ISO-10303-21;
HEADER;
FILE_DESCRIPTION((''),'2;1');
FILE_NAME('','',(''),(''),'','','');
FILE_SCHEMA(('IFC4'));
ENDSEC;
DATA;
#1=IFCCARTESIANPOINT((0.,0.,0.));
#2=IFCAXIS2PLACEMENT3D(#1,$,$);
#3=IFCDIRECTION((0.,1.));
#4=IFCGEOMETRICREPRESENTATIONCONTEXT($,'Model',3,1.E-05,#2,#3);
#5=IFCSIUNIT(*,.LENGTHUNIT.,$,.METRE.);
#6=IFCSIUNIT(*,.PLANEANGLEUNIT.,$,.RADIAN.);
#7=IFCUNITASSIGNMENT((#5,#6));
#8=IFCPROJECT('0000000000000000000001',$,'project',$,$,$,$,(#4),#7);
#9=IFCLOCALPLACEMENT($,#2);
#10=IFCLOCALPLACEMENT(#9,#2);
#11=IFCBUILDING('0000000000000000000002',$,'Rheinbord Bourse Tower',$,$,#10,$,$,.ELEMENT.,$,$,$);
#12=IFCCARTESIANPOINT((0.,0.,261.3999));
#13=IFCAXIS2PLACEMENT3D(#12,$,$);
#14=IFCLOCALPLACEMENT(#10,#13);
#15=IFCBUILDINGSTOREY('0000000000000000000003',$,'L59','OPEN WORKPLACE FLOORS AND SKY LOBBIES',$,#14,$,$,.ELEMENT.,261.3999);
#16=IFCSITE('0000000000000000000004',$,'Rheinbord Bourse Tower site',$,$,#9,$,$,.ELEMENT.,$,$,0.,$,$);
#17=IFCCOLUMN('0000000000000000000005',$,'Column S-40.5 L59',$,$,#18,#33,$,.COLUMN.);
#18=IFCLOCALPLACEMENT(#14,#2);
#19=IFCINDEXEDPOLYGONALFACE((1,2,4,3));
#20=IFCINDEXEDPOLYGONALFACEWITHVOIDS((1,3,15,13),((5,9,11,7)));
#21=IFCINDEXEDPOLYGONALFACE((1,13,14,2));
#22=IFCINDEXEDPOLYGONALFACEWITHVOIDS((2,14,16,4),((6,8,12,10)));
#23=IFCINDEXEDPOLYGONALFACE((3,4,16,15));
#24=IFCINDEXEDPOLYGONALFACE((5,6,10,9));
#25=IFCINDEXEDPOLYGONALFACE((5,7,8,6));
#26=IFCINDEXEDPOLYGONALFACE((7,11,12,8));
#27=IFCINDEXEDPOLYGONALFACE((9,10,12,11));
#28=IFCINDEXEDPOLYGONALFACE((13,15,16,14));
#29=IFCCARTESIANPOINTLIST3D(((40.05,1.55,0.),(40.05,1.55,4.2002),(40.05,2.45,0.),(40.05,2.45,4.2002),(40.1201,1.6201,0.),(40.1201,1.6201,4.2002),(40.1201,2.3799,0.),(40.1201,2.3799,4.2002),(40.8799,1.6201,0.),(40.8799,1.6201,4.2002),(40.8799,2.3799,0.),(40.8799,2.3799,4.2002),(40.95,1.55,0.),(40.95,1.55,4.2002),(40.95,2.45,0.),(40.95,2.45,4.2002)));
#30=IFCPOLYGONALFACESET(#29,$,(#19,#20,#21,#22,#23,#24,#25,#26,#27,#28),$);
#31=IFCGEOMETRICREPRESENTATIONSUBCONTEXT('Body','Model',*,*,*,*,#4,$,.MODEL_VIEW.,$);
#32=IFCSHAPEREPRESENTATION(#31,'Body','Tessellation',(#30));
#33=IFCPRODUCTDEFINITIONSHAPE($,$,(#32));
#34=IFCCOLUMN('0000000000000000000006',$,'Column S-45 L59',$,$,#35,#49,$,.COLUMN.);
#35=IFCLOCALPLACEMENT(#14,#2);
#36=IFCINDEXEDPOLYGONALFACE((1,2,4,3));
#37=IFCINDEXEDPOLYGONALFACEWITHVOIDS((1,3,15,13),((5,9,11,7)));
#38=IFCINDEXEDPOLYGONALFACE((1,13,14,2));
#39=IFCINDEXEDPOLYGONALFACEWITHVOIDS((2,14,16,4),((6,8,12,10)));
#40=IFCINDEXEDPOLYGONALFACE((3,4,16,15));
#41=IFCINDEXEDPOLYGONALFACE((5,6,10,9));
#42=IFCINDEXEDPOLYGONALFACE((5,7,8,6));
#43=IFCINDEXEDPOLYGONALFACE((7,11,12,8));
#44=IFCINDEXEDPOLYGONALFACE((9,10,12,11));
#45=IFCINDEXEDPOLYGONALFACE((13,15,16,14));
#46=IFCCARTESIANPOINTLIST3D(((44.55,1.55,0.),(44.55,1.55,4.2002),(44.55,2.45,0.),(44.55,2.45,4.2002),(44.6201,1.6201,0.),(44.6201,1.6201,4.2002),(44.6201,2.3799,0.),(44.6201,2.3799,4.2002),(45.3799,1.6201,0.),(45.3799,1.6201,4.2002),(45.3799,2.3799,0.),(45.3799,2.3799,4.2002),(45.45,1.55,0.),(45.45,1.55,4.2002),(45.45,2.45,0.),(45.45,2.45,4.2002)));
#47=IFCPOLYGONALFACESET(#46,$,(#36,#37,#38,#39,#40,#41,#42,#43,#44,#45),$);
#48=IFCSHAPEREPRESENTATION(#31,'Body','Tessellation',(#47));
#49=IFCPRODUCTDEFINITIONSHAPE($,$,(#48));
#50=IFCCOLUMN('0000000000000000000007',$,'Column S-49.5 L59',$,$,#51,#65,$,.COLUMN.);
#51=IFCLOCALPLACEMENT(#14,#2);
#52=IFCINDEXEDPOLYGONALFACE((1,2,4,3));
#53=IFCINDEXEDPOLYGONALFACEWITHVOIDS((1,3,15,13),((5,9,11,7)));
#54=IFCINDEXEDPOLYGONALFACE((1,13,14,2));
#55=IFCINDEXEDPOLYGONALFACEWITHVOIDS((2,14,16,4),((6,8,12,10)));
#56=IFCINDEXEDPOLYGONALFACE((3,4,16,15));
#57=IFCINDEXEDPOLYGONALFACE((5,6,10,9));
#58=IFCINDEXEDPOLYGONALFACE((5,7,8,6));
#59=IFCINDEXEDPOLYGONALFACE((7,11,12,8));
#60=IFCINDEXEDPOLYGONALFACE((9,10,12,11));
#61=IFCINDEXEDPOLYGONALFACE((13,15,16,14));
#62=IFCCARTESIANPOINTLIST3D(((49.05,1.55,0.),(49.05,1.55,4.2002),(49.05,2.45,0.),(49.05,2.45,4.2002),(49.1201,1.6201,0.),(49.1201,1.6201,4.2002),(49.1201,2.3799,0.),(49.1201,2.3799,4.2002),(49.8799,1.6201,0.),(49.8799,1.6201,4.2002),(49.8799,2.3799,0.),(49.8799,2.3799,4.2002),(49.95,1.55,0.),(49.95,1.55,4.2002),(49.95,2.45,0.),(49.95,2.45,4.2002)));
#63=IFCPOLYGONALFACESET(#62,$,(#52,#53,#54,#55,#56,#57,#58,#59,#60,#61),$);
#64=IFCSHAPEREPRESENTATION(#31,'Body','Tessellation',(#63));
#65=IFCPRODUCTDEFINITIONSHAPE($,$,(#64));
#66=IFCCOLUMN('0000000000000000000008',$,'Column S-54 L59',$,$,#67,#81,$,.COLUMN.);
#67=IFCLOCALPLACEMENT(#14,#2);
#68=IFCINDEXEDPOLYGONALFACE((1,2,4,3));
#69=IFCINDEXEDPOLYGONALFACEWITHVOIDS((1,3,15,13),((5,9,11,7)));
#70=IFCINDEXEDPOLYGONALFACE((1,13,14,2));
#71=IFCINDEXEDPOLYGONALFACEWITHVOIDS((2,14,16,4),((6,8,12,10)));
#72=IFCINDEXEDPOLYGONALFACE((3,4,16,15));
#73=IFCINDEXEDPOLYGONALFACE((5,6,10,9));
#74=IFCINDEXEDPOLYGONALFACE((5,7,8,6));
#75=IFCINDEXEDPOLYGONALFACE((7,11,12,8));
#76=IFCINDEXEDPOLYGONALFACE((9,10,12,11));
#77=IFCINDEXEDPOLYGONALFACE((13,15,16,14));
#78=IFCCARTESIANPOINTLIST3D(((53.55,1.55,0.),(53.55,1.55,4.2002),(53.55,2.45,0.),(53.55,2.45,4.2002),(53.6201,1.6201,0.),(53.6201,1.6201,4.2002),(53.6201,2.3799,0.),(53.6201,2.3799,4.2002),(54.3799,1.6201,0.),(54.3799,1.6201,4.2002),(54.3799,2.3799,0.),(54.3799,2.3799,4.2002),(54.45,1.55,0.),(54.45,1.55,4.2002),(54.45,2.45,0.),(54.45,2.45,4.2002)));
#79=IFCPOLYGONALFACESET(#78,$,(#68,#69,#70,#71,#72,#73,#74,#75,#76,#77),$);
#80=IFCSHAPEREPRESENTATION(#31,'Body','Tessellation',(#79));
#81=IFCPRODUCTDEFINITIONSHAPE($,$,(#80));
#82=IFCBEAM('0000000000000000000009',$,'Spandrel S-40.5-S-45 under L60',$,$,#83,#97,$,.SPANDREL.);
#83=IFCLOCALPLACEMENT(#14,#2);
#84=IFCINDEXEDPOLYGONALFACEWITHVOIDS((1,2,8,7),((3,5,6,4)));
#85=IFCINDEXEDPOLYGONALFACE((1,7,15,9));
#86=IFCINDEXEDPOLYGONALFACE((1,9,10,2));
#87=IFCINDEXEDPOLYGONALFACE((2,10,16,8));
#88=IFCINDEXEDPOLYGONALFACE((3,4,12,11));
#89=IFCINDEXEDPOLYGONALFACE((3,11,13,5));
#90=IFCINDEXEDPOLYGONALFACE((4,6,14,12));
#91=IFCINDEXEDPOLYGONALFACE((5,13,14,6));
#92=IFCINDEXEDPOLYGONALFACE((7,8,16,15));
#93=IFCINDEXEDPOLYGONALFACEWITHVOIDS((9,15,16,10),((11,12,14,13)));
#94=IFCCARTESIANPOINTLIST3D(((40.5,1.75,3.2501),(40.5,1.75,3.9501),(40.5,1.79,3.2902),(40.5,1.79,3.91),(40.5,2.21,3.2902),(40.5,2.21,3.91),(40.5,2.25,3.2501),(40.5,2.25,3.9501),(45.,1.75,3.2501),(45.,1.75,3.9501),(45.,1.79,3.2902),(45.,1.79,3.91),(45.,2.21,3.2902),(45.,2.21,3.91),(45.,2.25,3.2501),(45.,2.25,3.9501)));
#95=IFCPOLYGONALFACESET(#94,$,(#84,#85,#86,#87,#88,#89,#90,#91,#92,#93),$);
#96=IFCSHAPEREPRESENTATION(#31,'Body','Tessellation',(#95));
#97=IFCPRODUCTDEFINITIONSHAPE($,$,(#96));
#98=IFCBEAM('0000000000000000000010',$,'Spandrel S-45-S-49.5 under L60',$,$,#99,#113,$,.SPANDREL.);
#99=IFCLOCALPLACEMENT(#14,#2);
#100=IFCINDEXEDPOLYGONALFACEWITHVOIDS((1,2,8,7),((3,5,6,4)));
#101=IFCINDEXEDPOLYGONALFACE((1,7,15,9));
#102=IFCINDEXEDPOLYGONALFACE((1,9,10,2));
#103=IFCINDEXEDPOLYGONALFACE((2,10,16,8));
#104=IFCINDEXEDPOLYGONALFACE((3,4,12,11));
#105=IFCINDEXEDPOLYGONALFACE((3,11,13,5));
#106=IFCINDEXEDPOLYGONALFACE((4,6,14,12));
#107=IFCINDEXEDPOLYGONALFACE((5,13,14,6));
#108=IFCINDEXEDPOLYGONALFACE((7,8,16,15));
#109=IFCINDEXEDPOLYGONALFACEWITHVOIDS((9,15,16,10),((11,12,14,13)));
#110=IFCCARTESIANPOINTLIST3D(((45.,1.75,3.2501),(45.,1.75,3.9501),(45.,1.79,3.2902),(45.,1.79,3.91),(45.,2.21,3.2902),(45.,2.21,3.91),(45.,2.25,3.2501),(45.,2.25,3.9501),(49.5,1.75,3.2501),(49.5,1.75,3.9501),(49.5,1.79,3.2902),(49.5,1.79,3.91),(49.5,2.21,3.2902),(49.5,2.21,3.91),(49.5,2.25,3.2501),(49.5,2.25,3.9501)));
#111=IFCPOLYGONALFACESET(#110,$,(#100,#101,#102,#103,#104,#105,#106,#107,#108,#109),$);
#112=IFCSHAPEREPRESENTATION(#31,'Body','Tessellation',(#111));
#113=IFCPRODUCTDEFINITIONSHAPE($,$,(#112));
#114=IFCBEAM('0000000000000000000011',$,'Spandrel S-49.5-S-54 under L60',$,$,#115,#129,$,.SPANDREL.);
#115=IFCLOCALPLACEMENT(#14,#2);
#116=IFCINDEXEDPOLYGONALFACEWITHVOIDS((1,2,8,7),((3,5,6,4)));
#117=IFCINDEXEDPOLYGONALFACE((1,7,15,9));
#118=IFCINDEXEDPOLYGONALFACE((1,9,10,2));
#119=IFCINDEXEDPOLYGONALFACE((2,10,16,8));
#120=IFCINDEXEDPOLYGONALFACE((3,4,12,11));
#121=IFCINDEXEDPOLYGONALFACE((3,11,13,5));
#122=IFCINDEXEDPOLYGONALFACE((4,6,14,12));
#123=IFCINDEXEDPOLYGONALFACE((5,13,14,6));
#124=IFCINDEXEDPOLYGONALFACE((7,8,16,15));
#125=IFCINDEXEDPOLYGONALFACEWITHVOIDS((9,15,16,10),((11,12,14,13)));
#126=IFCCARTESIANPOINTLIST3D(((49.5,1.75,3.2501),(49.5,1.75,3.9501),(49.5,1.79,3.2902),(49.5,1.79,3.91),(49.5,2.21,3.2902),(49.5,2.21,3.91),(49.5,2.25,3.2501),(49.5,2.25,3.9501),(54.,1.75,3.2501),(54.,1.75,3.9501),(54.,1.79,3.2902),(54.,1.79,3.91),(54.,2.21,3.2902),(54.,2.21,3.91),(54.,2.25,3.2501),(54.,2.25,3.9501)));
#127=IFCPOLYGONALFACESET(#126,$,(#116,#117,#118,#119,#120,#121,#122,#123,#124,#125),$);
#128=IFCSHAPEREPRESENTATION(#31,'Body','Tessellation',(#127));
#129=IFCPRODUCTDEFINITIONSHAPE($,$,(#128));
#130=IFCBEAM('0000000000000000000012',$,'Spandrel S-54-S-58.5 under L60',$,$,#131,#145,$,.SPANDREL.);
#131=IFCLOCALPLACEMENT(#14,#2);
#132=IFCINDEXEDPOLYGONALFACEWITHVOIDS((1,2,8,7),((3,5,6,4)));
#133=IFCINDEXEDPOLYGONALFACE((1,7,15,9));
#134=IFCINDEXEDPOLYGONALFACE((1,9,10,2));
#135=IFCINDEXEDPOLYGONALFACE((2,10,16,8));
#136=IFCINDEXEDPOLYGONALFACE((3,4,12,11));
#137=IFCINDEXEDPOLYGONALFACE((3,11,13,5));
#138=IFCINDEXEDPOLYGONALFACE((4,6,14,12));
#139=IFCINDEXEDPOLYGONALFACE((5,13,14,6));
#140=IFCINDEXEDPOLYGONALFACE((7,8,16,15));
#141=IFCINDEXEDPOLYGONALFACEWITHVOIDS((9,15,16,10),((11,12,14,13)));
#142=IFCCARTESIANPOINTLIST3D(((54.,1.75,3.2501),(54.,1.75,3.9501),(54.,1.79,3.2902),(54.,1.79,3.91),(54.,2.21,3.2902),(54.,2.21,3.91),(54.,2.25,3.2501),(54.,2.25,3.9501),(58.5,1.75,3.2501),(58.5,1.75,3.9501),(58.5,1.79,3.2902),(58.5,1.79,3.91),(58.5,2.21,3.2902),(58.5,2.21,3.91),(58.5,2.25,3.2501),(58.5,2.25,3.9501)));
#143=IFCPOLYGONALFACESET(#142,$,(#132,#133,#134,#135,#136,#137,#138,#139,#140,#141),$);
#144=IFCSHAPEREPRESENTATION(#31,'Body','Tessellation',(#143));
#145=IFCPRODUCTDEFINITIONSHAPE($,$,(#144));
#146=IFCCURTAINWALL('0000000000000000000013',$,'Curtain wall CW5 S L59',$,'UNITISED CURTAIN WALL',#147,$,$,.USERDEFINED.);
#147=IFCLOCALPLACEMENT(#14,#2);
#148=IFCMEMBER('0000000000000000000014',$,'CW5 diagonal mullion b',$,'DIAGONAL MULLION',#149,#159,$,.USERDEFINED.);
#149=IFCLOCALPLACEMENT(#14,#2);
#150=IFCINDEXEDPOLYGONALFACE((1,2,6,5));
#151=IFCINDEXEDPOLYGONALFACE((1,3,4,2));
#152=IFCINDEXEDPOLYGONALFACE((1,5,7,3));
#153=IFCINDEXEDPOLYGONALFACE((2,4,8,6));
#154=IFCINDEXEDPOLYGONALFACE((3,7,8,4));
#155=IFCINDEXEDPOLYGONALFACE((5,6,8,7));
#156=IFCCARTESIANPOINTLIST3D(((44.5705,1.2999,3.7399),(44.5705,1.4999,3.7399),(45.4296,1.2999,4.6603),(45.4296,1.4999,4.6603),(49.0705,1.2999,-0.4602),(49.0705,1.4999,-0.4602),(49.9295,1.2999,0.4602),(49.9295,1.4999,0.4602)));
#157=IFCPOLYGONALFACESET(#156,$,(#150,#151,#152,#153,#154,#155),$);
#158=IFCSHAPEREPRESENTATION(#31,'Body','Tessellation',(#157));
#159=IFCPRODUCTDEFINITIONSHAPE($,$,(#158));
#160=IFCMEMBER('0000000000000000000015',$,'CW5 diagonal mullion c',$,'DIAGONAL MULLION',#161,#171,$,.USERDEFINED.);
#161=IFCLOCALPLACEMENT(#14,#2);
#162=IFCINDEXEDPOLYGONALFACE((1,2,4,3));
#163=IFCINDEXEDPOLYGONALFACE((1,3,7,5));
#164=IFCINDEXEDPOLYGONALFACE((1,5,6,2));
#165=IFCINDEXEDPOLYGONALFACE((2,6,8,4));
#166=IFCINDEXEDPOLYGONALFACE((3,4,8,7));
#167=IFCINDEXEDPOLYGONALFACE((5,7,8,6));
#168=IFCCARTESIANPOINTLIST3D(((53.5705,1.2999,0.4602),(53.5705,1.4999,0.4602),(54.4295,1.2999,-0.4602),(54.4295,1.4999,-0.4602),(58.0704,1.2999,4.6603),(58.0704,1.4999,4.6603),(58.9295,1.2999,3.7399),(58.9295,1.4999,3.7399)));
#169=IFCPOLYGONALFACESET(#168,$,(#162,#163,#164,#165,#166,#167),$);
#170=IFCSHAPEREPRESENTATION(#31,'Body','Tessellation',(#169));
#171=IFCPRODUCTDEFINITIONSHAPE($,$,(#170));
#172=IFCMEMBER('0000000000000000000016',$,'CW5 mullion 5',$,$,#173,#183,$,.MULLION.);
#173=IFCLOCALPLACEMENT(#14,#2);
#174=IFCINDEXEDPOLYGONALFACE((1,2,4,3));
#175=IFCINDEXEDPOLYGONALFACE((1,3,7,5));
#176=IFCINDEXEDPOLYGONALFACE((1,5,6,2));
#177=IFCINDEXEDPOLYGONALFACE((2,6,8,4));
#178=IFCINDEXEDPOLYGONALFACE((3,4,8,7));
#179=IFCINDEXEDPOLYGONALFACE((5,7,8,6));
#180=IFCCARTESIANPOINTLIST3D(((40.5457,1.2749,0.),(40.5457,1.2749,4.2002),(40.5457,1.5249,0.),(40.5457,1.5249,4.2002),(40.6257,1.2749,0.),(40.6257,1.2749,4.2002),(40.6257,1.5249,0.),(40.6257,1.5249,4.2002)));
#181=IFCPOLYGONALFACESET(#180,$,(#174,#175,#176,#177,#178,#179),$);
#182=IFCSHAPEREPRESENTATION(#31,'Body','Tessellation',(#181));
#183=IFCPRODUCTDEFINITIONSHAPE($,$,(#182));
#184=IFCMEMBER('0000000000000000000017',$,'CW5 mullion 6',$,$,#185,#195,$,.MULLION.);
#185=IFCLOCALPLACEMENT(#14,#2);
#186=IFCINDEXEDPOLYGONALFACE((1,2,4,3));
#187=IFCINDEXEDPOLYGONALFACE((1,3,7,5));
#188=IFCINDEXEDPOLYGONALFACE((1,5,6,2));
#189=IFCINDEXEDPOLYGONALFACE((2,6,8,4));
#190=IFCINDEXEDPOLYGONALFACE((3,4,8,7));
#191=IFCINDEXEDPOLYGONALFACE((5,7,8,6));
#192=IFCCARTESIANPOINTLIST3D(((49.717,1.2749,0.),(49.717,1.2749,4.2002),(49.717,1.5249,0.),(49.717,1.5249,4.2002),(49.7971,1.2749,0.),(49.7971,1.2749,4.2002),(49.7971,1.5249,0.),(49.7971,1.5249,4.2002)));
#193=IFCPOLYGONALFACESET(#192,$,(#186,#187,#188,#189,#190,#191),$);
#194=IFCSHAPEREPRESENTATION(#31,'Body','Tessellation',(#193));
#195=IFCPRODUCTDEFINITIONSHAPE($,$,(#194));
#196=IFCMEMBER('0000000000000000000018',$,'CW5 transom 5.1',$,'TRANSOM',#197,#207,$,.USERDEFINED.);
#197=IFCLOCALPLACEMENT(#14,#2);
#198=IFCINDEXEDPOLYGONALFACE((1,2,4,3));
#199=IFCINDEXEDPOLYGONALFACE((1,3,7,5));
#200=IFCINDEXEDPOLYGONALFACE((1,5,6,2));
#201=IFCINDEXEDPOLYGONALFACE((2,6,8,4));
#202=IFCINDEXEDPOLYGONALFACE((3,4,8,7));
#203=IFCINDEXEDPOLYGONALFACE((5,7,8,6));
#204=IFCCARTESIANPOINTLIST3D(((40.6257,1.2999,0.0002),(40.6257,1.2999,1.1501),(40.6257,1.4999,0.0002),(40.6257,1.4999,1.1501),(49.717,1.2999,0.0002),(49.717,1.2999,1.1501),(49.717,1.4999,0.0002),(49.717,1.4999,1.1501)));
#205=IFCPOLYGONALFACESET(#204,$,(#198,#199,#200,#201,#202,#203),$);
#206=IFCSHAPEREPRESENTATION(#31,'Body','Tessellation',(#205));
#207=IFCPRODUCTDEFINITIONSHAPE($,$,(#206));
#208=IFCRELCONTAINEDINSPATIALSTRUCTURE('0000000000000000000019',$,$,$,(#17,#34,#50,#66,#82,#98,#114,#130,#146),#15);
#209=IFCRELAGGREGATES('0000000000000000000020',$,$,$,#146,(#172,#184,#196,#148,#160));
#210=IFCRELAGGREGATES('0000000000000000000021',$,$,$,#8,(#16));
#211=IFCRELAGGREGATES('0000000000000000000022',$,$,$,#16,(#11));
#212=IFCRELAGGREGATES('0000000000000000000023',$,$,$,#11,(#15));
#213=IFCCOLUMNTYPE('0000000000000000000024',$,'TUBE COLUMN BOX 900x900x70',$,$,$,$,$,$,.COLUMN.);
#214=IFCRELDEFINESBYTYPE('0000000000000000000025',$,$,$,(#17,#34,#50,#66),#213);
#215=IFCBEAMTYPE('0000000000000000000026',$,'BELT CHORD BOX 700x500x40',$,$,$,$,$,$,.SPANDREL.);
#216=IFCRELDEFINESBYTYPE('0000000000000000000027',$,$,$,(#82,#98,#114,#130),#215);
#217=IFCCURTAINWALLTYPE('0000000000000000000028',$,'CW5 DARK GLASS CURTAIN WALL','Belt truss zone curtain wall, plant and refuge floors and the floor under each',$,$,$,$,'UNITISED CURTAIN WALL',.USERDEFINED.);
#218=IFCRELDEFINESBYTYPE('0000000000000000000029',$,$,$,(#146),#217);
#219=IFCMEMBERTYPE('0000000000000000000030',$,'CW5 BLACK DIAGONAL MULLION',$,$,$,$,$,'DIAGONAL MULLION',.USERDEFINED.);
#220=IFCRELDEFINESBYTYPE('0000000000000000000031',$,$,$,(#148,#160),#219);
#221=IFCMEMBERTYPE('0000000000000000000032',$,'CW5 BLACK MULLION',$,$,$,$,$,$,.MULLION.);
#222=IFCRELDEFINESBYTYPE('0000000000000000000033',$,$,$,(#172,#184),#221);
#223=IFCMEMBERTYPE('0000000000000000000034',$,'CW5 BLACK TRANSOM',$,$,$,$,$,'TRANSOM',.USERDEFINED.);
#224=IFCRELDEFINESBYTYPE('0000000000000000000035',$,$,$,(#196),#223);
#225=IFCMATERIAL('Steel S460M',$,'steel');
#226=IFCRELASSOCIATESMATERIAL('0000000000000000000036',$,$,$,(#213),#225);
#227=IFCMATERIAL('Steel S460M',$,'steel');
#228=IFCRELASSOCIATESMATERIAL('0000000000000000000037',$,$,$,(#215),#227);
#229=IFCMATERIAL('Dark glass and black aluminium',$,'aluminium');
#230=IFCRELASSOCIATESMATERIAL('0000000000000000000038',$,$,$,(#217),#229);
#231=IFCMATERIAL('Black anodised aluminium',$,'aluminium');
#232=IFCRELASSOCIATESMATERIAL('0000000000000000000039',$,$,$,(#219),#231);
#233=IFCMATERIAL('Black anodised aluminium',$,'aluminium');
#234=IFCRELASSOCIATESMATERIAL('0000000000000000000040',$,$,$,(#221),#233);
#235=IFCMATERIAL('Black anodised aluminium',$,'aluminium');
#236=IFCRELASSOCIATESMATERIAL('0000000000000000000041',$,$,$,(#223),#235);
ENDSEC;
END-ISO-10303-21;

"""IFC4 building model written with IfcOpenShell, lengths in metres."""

from ifc_helpers import new_model, si_unit, direction, frame, origin, origin_2d, place, context, subcontext, project, spatial, rectangle, hollow_rectangle, extrude, material, material_profile, profile_set, type_object, element, aggregate, save


model = new_model("IFC4")

# Units and contexts
model_context = context("Model", 3, precision=1e-05, world=origin(), true_north=direction((0.0, 1.0)))
body_context = subcontext(model_context, "Body", "Model", "MODEL_VIEW")
ifc_project = project(units=[si_unit("LENGTHUNIT", "METRE"), si_unit("PLANEANGLEUNIT", "RADIAN")], contexts=[model_context])

# Site, building, storey
site_placement = place(None, origin())
site = spatial("IfcSite", under=ifc_project, at=site_placement, Name="Rheinbord Bourse Tower site", CompositionType="ELEMENT", RefElevation=0.0)
building_placement = place(site_placement, origin())
building = spatial("IfcBuilding", under=site, at=building_placement, Name="Rheinbord Bourse Tower", CompositionType="ELEMENT")
storey_placement = place(building_placement, frame((0.0, 0.0, 261.3999)))
storey = spatial("IfcBuildingStorey", under=building, at=storey_placement, Name="L59", Description="OPEN WORKPLACE FLOORS AND SKY LOBBIES", CompositionType="ELEMENT", Elevation=261.3999)

# Columns
ifc_material_1 = material(Name="Steel S460M", Category="steel")
ifc_material_profile_1 = material_profile(ifc_material_1, hollow_rectangle(XDim=0.8999, YDim=0.8999, WallThickness=0.0701, at=origin_2d()), Name="BOX 900x900x70")
ifc_profile_set_1 = profile_set([ifc_material_profile_1], Name="Steel S460M")
column_type = type_object("IfcColumnType", Name="TUBE COLUMN BOX 900x900x70", PredefinedType="COLUMN", material=ifc_profile_set_1)
for number, where, z_axis, x_axis, name in (
    (1, (40.5, 2.0, 0.0), (0.0, 0.0, 1.0), (0.0, 1.0, 0.0), "Column S-40.5 L59"),
    (2, (45.0, 2.0, 0.0), (0.0, 0.0, 1.0), (0.0, 1.0, 0.0), "Column S-45 L59"),
    (3, (49.5, 2.0, 0.0), (0.0, 0.0, 1.0), (0.0, 1.0, 0.0), "Column S-49.5 L59"),
    (4, (54.0, 2.0, 0.0), (0.0, 0.0, 1.0), (0.0, 1.0, 0.0), "Column S-54 L59"),
):
    element("IfcColumn", number, at=place(storey_placement, frame(where, z_axis=z_axis, x_axis=x_axis)), inside=storey, type_object=column_type, Name=name, PredefinedType="COLUMN", context=body_context, shape_type="SweptSolid", body=[
        extrude(hollow_rectangle(XDim=0.8999, YDim=0.8999, WallThickness=0.0701, at=origin_2d()), origin(), (0.0, 0.0, 1.0), 4.2002),
    ])

# Beams
ifc_material_2 = material(Name="Steel S460M", Category="steel")
ifc_material_profile_2 = material_profile(ifc_material_2, hollow_rectangle(XDim=0.5, YDim=0.7, WallThickness=0.04, at=origin_2d()), Name="BOX 700x500x40")
ifc_profile_set_2 = profile_set([ifc_material_profile_2], Name="Steel S460M")
beam_type_1 = type_object("IfcBeamType", Name="BELT CHORD BOX 700x500x40", PredefinedType="SPANDREL", material=ifc_profile_set_2)
for number, where, z_axis, x_axis, name in (
    (5, (40.5, 2.0, 3.6001), (1.0, 0.0, 0.0), (0.0, 1.0, 0.0), "Spandrel S-40.5-S-45 under L60"),
    (6, (45.0, 2.0, 3.6001), (1.0, 0.0, 0.0), (0.0, 1.0, 0.0), "Spandrel S-45-S-49.5 under L60"),
    (7, (49.5, 2.0, 3.6001), (1.0, 0.0, 0.0), (0.0, 1.0, 0.0), "Spandrel S-49.5-S-54 under L60"),
    (8, (54.0, 2.0, 3.6001), (1.0, 0.0, 0.0), (0.0, 1.0, 0.0), "Spandrel S-54-S-58.5 under L60"),
):
    element("IfcBeam", number, at=place(storey_placement, frame(where, z_axis=z_axis, x_axis=x_axis)), inside=storey, type_object=beam_type_1, Name=name, PredefinedType="SPANDREL", context=body_context, shape_type="SweptSolid", body=[
        extrude(hollow_rectangle(XDim=0.5, YDim=0.7, WallThickness=0.04, at=origin_2d()), origin(), (0.0, 0.0, 1.0), 4.5),
    ])

# Curtain wall, members
ifc_material_3 = material(Name="Dark glass and black aluminium", Category="aluminium")
curtain_wall_type = type_object("IfcCurtainWallType", Name="CW5 DARK GLASS CURTAIN WALL", Description="Belt truss zone curtain wall, plant and refuge floors and the floor under each", ElementType="UNITISED CURTAIN WALL", PredefinedType="USERDEFINED", material=ifc_material_3)
curtain_wall_placement = place(storey_placement, origin())
curtain_wall = element("IfcCurtainWall", 9, at=curtain_wall_placement, inside=storey, type_object=curtain_wall_type, Name="Curtain wall CW5 S L59", ObjectType="UNITISED CURTAIN WALL", PredefinedType="USERDEFINED")
ifc_material_4 = material(Name="Black anodised aluminium", Category="aluminium")
ifc_material_profile_3 = material_profile(ifc_material_4, rectangle(XDim=0.2, YDim=1.259, at=origin_2d()), Name="CW5 DIAGONAL MULLION 1259x200")
ifc_profile_set_3 = profile_set([ifc_material_profile_3], Name="Black anodised aluminium")
member_type_1 = type_object("IfcMemberType", Name="CW5 BLACK DIAGONAL MULLION", ElementType="DIAGONAL MULLION", PredefinedType="USERDEFINED", material=ifc_profile_set_3)
member_1_placement = place(storey_placement, frame((49.5, 1.3999, 0.0), z_axis=(-0.731039, 0.0, 0.682335), x_axis=(0.0, -1.0, 0.0)))
member_1 = element("IfcMember", 10, at=member_1_placement, type_object=member_type_1, Name="CW5 diagonal mullion b", ObjectType="DIAGONAL MULLION", PredefinedType="USERDEFINED", context=body_context, shape_type="SweptSolid", body=[
    extrude(rectangle(XDim=0.2, YDim=1.259, at=origin_2d()), origin(), (0.0, 0.0, 1.0), 6.1555),
])
member_2_placement = place(storey_placement, frame((54.0, 1.3999, 0.0), z_axis=(0.731039, 0.0, 0.682335), x_axis=(0.0, 1.0, 0.0)))
member_2 = element("IfcMember", 11, at=member_2_placement, type_object=member_type_1, Name="CW5 diagonal mullion c", ObjectType="DIAGONAL MULLION", PredefinedType="USERDEFINED", context=body_context, shape_type="SweptSolid", body=[
    extrude(rectangle(XDim=0.2, YDim=1.259, at=origin_2d()), origin(), (0.0, 0.0, 1.0), 6.1555),
])
ifc_material_5 = material(Name="Black anodised aluminium", Category="aluminium")
ifc_material_profile_4 = material_profile(ifc_material_5, rectangle(XDim=0.25, YDim=0.0801, at=origin_2d()), Name="CW5 MULLION 80x250")
ifc_profile_set_4 = profile_set([ifc_material_profile_4], Name="Black anodised aluminium")
member_type_2 = type_object("IfcMemberType", Name="CW5 BLACK MULLION", PredefinedType="MULLION", material=ifc_profile_set_4)
member_3_placement = place(storey_placement, frame((40.5857, 1.3999, 0.0), z_axis=(0.0, 0.0, 1.0), x_axis=(0.0, 1.0, 0.0)))
member_3 = element("IfcMember", 12, at=member_3_placement, type_object=member_type_2, Name="CW5 mullion 5", PredefinedType="MULLION", context=body_context, shape_type="SweptSolid", body=[
    extrude(rectangle(XDim=0.25, YDim=0.0801, at=origin_2d()), origin(), (0.0, 0.0, 1.0), 4.2002),
])
member_4_placement = place(storey_placement, frame((49.7571, 1.3999, 0.0), z_axis=(0.0, 0.0, 1.0), x_axis=(0.0, 1.0, 0.0)))
member_4 = element("IfcMember", 13, at=member_4_placement, type_object=member_type_2, Name="CW5 mullion 6", PredefinedType="MULLION", context=body_context, shape_type="SweptSolid", body=[
    extrude(rectangle(XDim=0.25, YDim=0.0801, at=origin_2d()), origin(), (0.0, 0.0, 1.0), 4.2002),
])
ifc_material_6 = material(Name="Black anodised aluminium", Category="aluminium")
ifc_material_profile_5 = material_profile(ifc_material_6, rectangle(XDim=0.2, YDim=1.1499, at=origin_2d()), Name="CW5 TRANSOM 1150x200")
ifc_profile_set_5 = profile_set([ifc_material_profile_5], Name="Black anodised aluminium")
member_type_3 = type_object("IfcMemberType", Name="CW5 BLACK TRANSOM", ElementType="TRANSOM", PredefinedType="USERDEFINED", material=ifc_profile_set_5)
member_5_placement = place(storey_placement, frame((40.6257, 1.3999, 0.5752), z_axis=(1.0, 0.0, 0.0), x_axis=(0.0, 1.0, 0.0)))
member_5 = element("IfcMember", 14, at=member_5_placement, type_object=member_type_3, Name="CW5 transom 5.1", ObjectType="TRANSOM", PredefinedType="USERDEFINED", context=body_context, shape_type="SweptSolid", body=[
    extrude(rectangle(XDim=0.2, YDim=1.1499, at=origin_2d()), origin(), (0.0, 0.0, 1.0), 9.0913),
])

aggregate(curtain_wall, [member_3, member_4, member_5, member_1, member_2])

save(model, "model.ifc")
